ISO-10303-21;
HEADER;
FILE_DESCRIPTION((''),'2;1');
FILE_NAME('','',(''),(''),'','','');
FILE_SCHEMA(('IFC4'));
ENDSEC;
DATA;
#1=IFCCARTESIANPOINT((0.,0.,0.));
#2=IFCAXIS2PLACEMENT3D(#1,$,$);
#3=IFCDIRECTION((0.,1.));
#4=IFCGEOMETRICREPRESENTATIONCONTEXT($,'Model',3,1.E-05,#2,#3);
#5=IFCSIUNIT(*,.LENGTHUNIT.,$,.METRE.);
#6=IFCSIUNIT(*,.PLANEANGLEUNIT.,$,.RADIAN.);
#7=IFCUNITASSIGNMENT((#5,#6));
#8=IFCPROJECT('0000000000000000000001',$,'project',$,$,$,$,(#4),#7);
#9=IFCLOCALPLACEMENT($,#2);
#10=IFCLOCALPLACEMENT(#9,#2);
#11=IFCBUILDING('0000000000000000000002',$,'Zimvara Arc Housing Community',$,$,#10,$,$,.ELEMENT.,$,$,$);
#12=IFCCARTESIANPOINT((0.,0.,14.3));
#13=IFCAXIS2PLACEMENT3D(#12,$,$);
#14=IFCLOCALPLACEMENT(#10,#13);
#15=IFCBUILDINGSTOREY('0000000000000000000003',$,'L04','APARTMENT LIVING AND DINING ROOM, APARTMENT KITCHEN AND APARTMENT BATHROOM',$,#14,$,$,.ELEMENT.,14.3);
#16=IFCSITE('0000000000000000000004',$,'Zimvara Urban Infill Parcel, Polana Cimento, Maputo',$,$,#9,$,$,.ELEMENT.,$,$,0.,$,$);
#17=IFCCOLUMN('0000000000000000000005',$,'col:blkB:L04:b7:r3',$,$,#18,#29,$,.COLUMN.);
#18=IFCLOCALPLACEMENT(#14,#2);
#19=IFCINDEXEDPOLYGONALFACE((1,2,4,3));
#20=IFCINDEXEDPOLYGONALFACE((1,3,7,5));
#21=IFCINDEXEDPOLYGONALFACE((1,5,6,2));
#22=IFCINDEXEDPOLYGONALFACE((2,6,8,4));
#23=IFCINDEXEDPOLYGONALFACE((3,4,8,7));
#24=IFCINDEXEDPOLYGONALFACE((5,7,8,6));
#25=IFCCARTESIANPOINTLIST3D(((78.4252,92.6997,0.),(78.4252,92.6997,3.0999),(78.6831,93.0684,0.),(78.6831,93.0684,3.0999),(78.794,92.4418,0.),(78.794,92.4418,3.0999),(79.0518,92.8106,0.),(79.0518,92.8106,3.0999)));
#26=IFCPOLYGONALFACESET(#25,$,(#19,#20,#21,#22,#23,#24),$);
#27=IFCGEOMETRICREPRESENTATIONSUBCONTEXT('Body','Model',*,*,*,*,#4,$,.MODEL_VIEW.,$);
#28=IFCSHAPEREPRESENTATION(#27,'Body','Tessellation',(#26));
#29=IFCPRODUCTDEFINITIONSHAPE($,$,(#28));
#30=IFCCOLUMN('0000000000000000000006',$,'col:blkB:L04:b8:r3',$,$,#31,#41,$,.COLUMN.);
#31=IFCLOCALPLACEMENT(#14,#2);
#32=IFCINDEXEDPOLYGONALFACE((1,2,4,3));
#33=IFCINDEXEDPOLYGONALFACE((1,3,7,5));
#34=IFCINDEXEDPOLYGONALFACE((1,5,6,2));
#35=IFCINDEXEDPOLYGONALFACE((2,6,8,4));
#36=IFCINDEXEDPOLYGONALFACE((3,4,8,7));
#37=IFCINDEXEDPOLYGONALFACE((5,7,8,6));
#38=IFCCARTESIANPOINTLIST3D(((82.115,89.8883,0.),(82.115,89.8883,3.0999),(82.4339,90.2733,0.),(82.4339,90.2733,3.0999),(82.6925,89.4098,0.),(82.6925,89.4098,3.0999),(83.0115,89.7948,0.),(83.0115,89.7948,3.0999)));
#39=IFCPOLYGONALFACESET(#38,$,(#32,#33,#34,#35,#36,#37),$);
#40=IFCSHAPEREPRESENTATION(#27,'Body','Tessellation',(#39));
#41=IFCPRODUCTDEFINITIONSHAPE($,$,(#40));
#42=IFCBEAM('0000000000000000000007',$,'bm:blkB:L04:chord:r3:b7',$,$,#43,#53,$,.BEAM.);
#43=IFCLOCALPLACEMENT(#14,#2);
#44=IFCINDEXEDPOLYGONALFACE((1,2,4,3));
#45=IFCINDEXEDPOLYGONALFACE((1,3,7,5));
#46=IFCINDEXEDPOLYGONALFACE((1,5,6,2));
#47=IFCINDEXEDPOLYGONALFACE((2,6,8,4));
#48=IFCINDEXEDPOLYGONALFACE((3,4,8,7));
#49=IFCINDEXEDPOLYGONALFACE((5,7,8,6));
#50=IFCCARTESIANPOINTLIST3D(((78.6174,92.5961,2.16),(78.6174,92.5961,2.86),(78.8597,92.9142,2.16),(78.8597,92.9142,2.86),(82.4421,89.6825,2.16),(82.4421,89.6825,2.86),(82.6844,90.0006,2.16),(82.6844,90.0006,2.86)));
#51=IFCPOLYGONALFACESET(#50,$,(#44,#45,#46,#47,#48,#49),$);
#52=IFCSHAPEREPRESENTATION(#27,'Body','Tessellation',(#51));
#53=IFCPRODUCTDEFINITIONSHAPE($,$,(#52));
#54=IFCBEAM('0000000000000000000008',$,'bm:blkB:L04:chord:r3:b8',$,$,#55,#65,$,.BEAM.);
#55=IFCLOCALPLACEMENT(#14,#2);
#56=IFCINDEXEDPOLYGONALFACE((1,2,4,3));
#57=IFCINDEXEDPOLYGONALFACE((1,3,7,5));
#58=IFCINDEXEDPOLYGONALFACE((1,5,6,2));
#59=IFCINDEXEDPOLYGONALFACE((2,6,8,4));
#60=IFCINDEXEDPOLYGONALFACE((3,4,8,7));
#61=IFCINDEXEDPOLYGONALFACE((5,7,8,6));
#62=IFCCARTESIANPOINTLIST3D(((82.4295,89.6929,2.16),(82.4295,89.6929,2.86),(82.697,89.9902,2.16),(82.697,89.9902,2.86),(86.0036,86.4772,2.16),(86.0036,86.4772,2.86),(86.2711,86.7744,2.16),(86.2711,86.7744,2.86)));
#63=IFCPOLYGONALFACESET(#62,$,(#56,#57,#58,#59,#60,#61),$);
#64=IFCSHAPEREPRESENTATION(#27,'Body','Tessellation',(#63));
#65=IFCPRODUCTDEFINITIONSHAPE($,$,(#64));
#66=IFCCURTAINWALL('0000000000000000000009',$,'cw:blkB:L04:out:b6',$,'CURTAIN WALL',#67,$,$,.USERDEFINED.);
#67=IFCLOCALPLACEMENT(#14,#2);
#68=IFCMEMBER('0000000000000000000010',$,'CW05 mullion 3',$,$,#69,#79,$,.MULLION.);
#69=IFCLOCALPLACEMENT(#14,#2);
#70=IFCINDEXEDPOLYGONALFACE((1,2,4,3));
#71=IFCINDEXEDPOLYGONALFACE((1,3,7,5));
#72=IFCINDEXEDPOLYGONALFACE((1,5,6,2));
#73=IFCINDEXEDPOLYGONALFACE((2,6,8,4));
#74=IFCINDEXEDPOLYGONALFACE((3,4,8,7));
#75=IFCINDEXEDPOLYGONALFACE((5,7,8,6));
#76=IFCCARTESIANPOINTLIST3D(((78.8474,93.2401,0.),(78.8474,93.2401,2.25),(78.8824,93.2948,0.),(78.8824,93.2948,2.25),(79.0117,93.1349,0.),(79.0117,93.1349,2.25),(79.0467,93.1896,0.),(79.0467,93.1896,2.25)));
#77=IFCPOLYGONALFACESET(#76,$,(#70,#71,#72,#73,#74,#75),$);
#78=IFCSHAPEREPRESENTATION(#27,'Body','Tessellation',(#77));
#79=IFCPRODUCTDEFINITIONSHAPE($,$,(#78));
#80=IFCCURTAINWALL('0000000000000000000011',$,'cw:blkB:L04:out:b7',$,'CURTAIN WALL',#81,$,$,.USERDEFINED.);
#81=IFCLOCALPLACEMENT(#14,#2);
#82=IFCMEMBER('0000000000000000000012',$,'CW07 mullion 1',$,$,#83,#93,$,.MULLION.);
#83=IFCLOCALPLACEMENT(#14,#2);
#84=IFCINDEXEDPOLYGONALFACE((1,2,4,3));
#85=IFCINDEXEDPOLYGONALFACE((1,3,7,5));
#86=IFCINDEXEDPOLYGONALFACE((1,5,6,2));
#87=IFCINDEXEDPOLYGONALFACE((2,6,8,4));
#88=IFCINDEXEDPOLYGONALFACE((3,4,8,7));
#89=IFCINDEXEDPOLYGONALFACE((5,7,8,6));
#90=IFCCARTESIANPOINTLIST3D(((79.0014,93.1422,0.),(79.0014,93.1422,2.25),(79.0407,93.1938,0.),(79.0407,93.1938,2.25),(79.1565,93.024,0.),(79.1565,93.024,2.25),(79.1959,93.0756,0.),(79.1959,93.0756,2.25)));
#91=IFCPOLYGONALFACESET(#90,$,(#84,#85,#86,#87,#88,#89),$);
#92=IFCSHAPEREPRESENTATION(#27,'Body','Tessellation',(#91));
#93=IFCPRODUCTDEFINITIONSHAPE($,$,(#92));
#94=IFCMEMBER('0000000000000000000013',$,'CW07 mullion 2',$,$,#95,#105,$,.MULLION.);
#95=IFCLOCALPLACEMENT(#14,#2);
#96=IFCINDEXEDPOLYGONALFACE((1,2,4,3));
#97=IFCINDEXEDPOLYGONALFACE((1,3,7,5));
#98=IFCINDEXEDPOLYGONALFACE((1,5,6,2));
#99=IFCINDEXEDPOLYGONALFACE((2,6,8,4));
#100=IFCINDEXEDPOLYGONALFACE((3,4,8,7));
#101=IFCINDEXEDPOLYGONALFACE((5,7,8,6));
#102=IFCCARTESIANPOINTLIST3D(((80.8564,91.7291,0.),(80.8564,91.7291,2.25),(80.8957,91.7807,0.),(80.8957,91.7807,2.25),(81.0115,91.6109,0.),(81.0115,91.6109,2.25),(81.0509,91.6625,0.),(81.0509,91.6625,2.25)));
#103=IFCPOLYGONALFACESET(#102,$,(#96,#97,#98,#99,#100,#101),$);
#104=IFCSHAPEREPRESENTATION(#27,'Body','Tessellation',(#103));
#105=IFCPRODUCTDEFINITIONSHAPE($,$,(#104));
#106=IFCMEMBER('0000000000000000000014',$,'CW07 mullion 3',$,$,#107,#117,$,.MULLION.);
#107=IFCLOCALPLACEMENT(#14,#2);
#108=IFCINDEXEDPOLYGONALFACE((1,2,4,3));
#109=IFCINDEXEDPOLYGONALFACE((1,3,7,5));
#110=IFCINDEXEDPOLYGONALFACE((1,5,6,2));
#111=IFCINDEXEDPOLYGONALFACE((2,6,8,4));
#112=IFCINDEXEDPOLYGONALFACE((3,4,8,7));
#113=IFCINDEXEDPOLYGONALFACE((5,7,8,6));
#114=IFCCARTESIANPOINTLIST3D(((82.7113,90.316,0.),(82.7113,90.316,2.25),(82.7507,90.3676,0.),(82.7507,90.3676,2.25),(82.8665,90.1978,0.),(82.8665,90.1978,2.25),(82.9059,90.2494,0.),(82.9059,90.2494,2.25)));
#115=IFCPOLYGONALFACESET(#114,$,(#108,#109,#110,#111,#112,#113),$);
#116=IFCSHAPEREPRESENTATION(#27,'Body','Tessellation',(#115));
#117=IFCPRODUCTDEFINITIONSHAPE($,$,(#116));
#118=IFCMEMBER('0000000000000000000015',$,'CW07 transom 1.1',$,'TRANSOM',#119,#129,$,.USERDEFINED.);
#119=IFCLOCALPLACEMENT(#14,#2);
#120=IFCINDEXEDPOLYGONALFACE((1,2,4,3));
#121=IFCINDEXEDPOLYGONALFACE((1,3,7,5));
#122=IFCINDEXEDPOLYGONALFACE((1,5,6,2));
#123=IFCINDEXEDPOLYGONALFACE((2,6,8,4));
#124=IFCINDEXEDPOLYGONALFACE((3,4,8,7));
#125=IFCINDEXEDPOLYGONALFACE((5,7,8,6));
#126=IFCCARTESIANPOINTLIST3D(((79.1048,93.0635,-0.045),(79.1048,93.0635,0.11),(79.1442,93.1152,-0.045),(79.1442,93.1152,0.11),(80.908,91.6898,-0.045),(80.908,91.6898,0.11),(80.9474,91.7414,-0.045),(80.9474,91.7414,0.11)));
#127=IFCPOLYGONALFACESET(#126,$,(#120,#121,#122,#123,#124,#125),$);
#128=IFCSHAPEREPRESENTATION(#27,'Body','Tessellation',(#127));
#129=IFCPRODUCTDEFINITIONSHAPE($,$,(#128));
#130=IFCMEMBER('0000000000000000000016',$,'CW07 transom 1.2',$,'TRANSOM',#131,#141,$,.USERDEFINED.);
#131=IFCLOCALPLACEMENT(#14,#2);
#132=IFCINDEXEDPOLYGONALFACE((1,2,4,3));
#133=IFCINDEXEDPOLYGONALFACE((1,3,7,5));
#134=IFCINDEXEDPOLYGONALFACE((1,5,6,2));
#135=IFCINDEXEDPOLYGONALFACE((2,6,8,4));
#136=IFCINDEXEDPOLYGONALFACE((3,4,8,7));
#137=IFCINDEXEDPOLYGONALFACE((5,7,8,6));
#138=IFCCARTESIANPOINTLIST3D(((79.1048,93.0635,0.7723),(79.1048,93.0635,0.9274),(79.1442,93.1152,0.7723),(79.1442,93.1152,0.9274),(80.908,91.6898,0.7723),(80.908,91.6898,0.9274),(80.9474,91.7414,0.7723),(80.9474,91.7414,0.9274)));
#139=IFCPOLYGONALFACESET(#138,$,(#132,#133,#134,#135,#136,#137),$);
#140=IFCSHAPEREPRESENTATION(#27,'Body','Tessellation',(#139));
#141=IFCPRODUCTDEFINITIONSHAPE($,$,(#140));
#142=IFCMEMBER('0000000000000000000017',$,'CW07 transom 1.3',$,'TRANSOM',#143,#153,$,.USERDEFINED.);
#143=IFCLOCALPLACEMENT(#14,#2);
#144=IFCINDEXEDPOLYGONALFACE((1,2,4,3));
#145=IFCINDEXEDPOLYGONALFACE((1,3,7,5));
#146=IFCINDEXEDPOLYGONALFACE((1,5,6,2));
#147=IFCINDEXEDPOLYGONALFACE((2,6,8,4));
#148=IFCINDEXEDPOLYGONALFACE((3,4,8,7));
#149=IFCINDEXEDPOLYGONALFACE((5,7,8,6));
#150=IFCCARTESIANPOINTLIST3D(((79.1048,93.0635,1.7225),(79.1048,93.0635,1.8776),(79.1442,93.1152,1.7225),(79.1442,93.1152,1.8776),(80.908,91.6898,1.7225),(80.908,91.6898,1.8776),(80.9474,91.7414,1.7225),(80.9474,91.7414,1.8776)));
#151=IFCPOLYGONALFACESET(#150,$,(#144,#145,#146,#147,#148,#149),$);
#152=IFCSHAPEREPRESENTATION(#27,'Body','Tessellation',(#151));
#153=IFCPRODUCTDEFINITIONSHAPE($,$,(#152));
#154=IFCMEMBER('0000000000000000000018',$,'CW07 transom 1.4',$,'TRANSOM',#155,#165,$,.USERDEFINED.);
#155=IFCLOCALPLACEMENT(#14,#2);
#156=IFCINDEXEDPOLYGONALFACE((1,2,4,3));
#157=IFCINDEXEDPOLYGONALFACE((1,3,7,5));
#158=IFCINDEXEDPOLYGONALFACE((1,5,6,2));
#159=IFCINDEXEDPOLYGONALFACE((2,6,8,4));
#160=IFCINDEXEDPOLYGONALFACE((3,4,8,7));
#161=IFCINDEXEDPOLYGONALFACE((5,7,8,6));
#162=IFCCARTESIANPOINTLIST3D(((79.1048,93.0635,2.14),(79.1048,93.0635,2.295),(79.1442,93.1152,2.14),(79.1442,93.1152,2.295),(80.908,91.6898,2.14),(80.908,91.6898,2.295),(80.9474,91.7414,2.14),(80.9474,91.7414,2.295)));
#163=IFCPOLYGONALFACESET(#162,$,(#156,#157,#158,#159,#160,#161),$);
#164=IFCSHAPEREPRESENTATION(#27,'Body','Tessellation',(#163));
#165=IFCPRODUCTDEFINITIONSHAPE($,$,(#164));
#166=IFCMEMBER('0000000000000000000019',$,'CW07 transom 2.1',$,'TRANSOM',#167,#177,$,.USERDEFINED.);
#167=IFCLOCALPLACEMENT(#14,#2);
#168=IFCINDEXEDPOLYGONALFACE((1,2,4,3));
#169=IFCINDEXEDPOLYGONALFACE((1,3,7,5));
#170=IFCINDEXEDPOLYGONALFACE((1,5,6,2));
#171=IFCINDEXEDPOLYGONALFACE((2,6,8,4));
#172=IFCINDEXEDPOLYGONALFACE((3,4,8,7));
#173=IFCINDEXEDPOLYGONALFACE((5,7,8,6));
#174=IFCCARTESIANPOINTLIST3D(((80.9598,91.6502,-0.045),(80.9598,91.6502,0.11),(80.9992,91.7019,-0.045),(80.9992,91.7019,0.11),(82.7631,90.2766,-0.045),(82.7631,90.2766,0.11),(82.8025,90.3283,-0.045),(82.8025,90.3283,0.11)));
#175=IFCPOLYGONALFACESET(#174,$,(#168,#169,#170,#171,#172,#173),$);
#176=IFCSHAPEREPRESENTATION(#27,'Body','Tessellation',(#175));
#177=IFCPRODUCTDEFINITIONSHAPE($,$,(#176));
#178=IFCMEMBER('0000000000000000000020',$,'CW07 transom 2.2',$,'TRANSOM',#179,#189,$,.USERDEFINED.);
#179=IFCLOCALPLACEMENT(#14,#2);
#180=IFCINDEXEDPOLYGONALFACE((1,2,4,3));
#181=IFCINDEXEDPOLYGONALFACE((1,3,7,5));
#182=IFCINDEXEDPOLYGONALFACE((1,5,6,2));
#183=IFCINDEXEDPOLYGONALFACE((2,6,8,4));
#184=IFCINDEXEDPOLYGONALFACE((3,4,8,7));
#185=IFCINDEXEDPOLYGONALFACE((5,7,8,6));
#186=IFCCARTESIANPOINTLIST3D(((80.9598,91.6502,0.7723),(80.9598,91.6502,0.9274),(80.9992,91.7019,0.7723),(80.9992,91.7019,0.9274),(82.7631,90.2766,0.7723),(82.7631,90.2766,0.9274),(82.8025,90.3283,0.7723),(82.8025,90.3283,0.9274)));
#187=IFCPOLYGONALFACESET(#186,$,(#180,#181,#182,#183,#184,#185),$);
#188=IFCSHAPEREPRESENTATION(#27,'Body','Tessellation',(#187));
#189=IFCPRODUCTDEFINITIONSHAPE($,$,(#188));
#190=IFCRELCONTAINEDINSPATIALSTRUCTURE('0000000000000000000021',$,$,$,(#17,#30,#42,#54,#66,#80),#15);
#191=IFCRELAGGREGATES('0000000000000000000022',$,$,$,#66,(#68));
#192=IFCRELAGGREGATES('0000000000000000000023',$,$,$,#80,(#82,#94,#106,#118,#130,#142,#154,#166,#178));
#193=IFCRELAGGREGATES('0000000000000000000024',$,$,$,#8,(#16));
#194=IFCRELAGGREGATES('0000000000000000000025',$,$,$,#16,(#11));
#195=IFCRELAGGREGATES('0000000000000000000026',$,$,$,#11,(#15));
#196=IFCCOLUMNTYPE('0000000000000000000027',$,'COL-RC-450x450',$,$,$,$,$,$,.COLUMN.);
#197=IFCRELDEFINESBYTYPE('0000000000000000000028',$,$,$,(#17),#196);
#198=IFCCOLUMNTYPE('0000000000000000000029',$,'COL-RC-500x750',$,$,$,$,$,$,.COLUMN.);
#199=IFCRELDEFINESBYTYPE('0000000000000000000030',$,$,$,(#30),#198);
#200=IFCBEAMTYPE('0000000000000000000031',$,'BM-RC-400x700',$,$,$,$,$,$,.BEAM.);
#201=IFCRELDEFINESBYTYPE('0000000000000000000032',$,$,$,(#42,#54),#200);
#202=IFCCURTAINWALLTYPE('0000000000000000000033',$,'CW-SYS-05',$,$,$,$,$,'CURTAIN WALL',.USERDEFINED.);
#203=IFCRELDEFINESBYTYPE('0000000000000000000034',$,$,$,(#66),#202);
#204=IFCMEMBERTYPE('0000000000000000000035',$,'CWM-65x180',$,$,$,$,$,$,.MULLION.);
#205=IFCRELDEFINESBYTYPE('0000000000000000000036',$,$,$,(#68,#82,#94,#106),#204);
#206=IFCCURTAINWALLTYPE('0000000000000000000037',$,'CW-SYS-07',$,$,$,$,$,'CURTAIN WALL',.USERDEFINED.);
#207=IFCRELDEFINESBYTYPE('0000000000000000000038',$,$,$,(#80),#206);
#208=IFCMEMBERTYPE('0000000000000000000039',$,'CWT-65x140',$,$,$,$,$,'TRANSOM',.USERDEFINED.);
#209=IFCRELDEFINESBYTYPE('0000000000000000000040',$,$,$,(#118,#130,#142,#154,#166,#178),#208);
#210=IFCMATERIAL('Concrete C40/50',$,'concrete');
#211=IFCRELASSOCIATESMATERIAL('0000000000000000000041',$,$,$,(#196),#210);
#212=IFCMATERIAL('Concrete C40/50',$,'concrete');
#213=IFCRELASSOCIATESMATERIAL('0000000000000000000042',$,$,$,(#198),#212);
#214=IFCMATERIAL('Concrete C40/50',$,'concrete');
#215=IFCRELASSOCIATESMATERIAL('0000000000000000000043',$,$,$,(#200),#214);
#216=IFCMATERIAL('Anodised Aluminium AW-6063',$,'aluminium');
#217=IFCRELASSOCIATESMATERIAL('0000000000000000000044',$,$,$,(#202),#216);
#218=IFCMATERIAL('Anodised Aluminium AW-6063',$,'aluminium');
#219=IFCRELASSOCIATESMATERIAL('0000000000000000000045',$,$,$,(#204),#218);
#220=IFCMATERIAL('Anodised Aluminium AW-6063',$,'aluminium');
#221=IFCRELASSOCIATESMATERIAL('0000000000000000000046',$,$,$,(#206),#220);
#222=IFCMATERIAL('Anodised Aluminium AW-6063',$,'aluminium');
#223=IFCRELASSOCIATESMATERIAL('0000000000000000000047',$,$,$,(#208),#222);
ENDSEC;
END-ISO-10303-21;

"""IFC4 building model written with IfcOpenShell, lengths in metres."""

from ifc_helpers import new_model, si_unit, direction, frame, origin, origin_2d, place, context, subcontext, project, spatial, rectangle, extrude, material, material_profile, profile_set, type_object, element, aggregate, save


model = new_model("IFC4")

# Units and contexts
model_context = context("Model", 3, precision=1e-05, world=origin(), true_north=direction((0.0, 1.0)))
body_context = subcontext(model_context, "Body", "Model", "MODEL_VIEW")
ifc_project = project(units=[si_unit("LENGTHUNIT", "METRE"), si_unit("PLANEANGLEUNIT", "RADIAN")], contexts=[model_context])

# Site, building, storey
site_placement = place(None, origin())
site = spatial("IfcSite", under=ifc_project, at=site_placement, Name="Zimvara Urban Infill Parcel, Polana Cimento, Maputo", CompositionType="ELEMENT", RefElevation=0.0)
building_placement = place(site_placement, origin())
building = spatial("IfcBuilding", under=site, at=building_placement, Name="Zimvara Arc Housing Community", CompositionType="ELEMENT")
storey_placement = place(building_placement, frame((0.0, 0.0, 14.3)))
storey = spatial("IfcBuildingStorey", under=building, at=storey_placement, Name="L04", Description="APARTMENT LIVING AND DINING ROOM, APARTMENT KITCHEN AND APARTMENT BATHROOM", CompositionType="ELEMENT", Elevation=14.3)

# Columns
ifc_material_1 = material(Name="Concrete C40/50", Category="concrete")
ifc_material_profile_1 = material_profile(ifc_material_1, rectangle(XDim=0.45, YDim=0.45, at=origin_2d()), Name="RC 450x450")
ifc_profile_set_1 = profile_set([ifc_material_profile_1], Name="Concrete C40/50")
column_type_1 = type_object("IfcColumnType", Name="COL-RC-450x450", PredefinedType="COLUMN", material=ifc_profile_set_1)
column_1_placement = place(storey_placement, frame((78.7385, 92.7551, 0.0), z_axis=(0.0, 0.0, 1.0), x_axis=(0.573004, 0.819552, 0.0)))
element("IfcColumn", 1, at=column_1_placement, inside=storey, type_object=column_type_1, Name="col:blkB:L04:b7:r3", PredefinedType="COLUMN", context=body_context, shape_type="SweptSolid", body=[
    extrude(rectangle(XDim=0.45, YDim=0.45, at=origin_2d()), origin(), (0.0, 0.0, 1.0), 3.0999),
])
ifc_material_2 = material(Name="Concrete C40/50", Category="concrete")
ifc_material_profile_2 = material_profile(ifc_material_2, rectangle(XDim=0.5, YDim=0.75, at=origin_2d()), Name="RC 500x750")
ifc_profile_set_2 = profile_set([ifc_material_profile_2], Name="Concrete C40/50")
column_type_2 = type_object("IfcColumnType", Name="COL-RC-500x750", PredefinedType="COLUMN", material=ifc_profile_set_2)
column_2_placement = place(storey_placement, frame((82.5632, 89.8416, 0.0), z_axis=(0.0, 0.0, 1.0), x_axis=(0.637962, 0.770068, 0.0)))
element("IfcColumn", 2, at=column_2_placement, inside=storey, type_object=column_type_2, Name="col:blkB:L04:b8:r3", PredefinedType="COLUMN", context=body_context, shape_type="SweptSolid", body=[
    extrude(rectangle(XDim=0.5, YDim=0.75, at=origin_2d()), origin(), (0.0, 0.0, 1.0), 3.0999),
])

# Beams
ifc_material_3 = material(Name="Concrete C40/50", Category="concrete")
ifc_material_profile_3 = material_profile(ifc_material_3, rectangle(XDim=0.3999, YDim=0.7, at=origin_2d()), Name="RC 400x700")
ifc_profile_set_3 = profile_set([ifc_material_profile_3], Name="Concrete C40/50")
beam_type = type_object("IfcBeamType", Name="BM-RC-400x700", PredefinedType="BEAM", material=ifc_profile_set_3)
beam_1_placement = place(storey_placement, frame((78.7385, 92.7551, 2.51), z_axis=(0.795481, -0.605979, 0.0), x_axis=(0.605979, 0.795481, 0.0)))
element("IfcBeam", 3, at=beam_1_placement, inside=storey, type_object=beam_type, Name="bm:blkB:L04:chord:r3:b7", PredefinedType="BEAM", context=body_context, shape_type="SweptSolid", body=[
    extrude(rectangle(XDim=0.3999, YDim=0.7, at=origin_2d()), origin(), (0.0, 0.0, 1.0), 4.8081),
])
beam_2_placement = place(storey_placement, frame((82.5632, 89.8416, 2.51), z_axis=(0.743395, -0.668853, 0.0), x_axis=(0.668853, 0.743395, 0.0)))
element("IfcBeam", 4, at=beam_2_placement, inside=storey, type_object=beam_type, Name="bm:blkB:L04:chord:r3:b8", PredefinedType="BEAM", context=body_context, shape_type="SweptSolid", body=[
    extrude(rectangle(XDim=0.3999, YDim=0.7, at=origin_2d()), origin(), (0.0, 0.0, 1.0), 4.8079),
])

# Curtain wall, member
ifc_material_4 = material(Name="Anodised Aluminium AW-6063", Category="aluminium")
curtain_wall_type_1 = type_object("IfcCurtainWallType", Name="CW-SYS-05", ElementType="CURTAIN WALL", PredefinedType="USERDEFINED", material=ifc_material_4)
curtain_wall_1_placement = place(storey_placement, origin())
curtain_wall_1 = element("IfcCurtainWall", 5, at=curtain_wall_1_placement, inside=storey, type_object=curtain_wall_type_1, Name="cw:blkB:L04:out:b6", ObjectType="CURTAIN WALL", PredefinedType="USERDEFINED")
ifc_material_5 = material(Name="Anodised Aluminium AW-6063", Category="aluminium")
ifc_material_profile_4 = material_profile(ifc_material_5, rectangle(XDim=0.0649, YDim=0.1951, at=origin_2d()), Name="ALU 65x195")
ifc_profile_set_4 = profile_set([ifc_material_profile_4], Name="Anodised Aluminium AW-6063")
member_type_1 = type_object("IfcMemberType", Name="CWM-65x180", PredefinedType="MULLION", material=ifc_profile_set_4)
member_1_placement = place(storey_placement, frame((78.947, 93.2148, 0.0), z_axis=(0.0, 0.0, 1.0), x_axis=(0.539065, 0.842264, 0.0)))
member_1 = element("IfcMember", 6, at=member_1_placement, type_object=member_type_1, Name="CW05 mullion 3", PredefinedType="MULLION", context=body_context, shape_type="SweptSolid", body=[
    extrude(rectangle(XDim=0.0649, YDim=0.1951, at=origin_2d()), origin(), (0.0, 0.0, 1.0), 2.25),
])

# Curtain wall, members
ifc_material_6 = material(Name="Anodised Aluminium AW-6063", Category="aluminium")
curtain_wall_type_2 = type_object("IfcCurtainWallType", Name="CW-SYS-07", ElementType="CURTAIN WALL", PredefinedType="USERDEFINED", material=ifc_material_6)
curtain_wall_2_placement = place(storey_placement, origin())
curtain_wall_2 = element("IfcCurtainWall", 7, at=curtain_wall_2_placement, inside=storey, type_object=curtain_wall_type_2, Name="cw:blkB:L04:out:b7", ObjectType="CURTAIN WALL", PredefinedType="USERDEFINED")
member_2_placement = place(storey_placement, frame((79.0986, 93.1089, 0.0), z_axis=(0.0, 0.0, 1.0), x_axis=(0.605988, 0.795474, 0.0)))
member_2 = element("IfcMember", 8, at=member_2_placement, type_object=member_type_1, Name="CW07 mullion 1", PredefinedType="MULLION", context=body_context, shape_type="SweptSolid", body=[
    extrude(rectangle(XDim=0.0649, YDim=0.1951, at=origin_2d()), origin(), (0.0, 0.0, 1.0), 2.25),
])
member_3_placement = place(storey_placement, frame((80.9536, 91.6958, 0.0), z_axis=(0.0, 0.0, 1.0), x_axis=(0.605988, 0.795474, 0.0)))
member_3 = element("IfcMember", 9, at=member_3_placement, type_object=member_type_1, Name="CW07 mullion 2", PredefinedType="MULLION", context=body_context, shape_type="SweptSolid", body=[
    extrude(rectangle(XDim=0.0649, YDim=0.1951, at=origin_2d()), origin(), (0.0, 0.0, 1.0), 2.25),
])
member_4_placement = place(storey_placement, frame((82.8086, 90.2827, 0.0), z_axis=(0.0, 0.0, 1.0), x_axis=(0.605988, 0.795474, 0.0)))
member_4 = element("IfcMember", 10, at=member_4_placement, type_object=member_type_1, Name="CW07 mullion 3", PredefinedType="MULLION", context=body_context, shape_type="SweptSolid", body=[
    extrude(rectangle(XDim=0.0649, YDim=0.1951, at=origin_2d()), origin(), (0.0, 0.0, 1.0), 2.25),
])
ifc_material_7 = material(Name="Anodised Aluminium AW-6063", Category="aluminium")
ifc_material_profile_5 = material_profile(ifc_material_7, rectangle(XDim=0.0649, YDim=0.155, at=origin_2d()), Name="ALU 65x155")
ifc_profile_set_5 = profile_set([ifc_material_profile_5], Name="Anodised Aluminium AW-6063")
member_type_2 = type_object("IfcMemberType", Name="CWT-65x140", ElementType="TRANSOM", PredefinedType="USERDEFINED", material=ifc_profile_set_5)
member_5_placement = place(storey_placement, frame((79.1245, 93.0894, 0.0325), z_axis=(0.795454, -0.606014, 0.0), x_axis=(0.606014, 0.795454, 0.0)))
member_5 = element("IfcMember", 11, at=member_5_placement, type_object=member_type_2, Name="CW07 transom 1.1", ObjectType="TRANSOM", PredefinedType="USERDEFINED", context=body_context, shape_type="SweptSolid", body=[
    extrude(rectangle(XDim=0.0649, YDim=0.155, at=origin_2d()), origin(), (0.0, 0.0, 1.0), 2.2668),
])
member_6_placement = place(storey_placement, frame((79.1245, 93.0894, 0.8499), z_axis=(0.795454, -0.606014, 0.0), x_axis=(0.606014, 0.795454, 0.0)))
member_6 = element("IfcMember", 12, at=member_6_placement, type_object=member_type_2, Name="CW07 transom 1.2", ObjectType="TRANSOM", PredefinedType="USERDEFINED", context=body_context, shape_type="SweptSolid", body=[
    extrude(rectangle(XDim=0.0649, YDim=0.155, at=origin_2d()), origin(), (0.0, 0.0, 1.0), 2.2668),
])
member_7_placement = place(storey_placement, frame((79.1245, 93.0894, 1.8), z_axis=(0.795454, -0.606014, 0.0), x_axis=(0.606014, 0.795454, 0.0)))
member_7 = element("IfcMember", 13, at=member_7_placement, type_object=member_type_2, Name="CW07 transom 1.3", ObjectType="TRANSOM", PredefinedType="USERDEFINED", context=body_context, shape_type="SweptSolid", body=[
    extrude(rectangle(XDim=0.0649, YDim=0.155, at=origin_2d()), origin(), (0.0, 0.0, 1.0), 2.2668),
])
member_8_placement = place(storey_placement, frame((79.1245, 93.0894, 2.2175), z_axis=(0.795454, -0.606014, 0.0), x_axis=(0.606014, 0.795454, 0.0)))
member_8 = element("IfcMember", 14, at=member_8_placement, type_object=member_type_2, Name="CW07 transom 1.4", ObjectType="TRANSOM", PredefinedType="USERDEFINED", context=body_context, shape_type="SweptSolid", body=[
    extrude(rectangle(XDim=0.0649, YDim=0.155, at=origin_2d()), origin(), (0.0, 0.0, 1.0), 2.2668),
])
member_9_placement = place(storey_placement, frame((80.9795, 91.676, 0.0325), z_axis=(0.795506, -0.605946, 0.0), x_axis=(0.605946, 0.795506, 0.0)))
member_9 = element("IfcMember", 15, at=member_9_placement, type_object=member_type_2, Name="CW07 transom 2.1", ObjectType="TRANSOM", PredefinedType="USERDEFINED", context=body_context, shape_type="SweptSolid", body=[
    extrude(rectangle(XDim=0.0649, YDim=0.155, at=origin_2d()), origin(), (0.0, 0.0, 1.0), 2.2668),
])
member_10_placement = place(storey_placement, frame((80.9795, 91.676, 0.8499), z_axis=(0.795506, -0.605946, 0.0), x_axis=(0.605946, 0.795506, 0.0)))
member_10 = element("IfcMember", 16, at=member_10_placement, type_object=member_type_2, Name="CW07 transom 2.2", ObjectType="TRANSOM", PredefinedType="USERDEFINED", context=body_context, shape_type="SweptSolid", body=[
    extrude(rectangle(XDim=0.0649, YDim=0.155, at=origin_2d()), origin(), (0.0, 0.0, 1.0), 2.2668),
])

aggregate(curtain_wall_1, [member_1])
aggregate(curtain_wall_2, [member_2, member_3, member_4, member_5, member_6, member_7, member_8, member_9, member_10])

save(model, "model.ifc")
